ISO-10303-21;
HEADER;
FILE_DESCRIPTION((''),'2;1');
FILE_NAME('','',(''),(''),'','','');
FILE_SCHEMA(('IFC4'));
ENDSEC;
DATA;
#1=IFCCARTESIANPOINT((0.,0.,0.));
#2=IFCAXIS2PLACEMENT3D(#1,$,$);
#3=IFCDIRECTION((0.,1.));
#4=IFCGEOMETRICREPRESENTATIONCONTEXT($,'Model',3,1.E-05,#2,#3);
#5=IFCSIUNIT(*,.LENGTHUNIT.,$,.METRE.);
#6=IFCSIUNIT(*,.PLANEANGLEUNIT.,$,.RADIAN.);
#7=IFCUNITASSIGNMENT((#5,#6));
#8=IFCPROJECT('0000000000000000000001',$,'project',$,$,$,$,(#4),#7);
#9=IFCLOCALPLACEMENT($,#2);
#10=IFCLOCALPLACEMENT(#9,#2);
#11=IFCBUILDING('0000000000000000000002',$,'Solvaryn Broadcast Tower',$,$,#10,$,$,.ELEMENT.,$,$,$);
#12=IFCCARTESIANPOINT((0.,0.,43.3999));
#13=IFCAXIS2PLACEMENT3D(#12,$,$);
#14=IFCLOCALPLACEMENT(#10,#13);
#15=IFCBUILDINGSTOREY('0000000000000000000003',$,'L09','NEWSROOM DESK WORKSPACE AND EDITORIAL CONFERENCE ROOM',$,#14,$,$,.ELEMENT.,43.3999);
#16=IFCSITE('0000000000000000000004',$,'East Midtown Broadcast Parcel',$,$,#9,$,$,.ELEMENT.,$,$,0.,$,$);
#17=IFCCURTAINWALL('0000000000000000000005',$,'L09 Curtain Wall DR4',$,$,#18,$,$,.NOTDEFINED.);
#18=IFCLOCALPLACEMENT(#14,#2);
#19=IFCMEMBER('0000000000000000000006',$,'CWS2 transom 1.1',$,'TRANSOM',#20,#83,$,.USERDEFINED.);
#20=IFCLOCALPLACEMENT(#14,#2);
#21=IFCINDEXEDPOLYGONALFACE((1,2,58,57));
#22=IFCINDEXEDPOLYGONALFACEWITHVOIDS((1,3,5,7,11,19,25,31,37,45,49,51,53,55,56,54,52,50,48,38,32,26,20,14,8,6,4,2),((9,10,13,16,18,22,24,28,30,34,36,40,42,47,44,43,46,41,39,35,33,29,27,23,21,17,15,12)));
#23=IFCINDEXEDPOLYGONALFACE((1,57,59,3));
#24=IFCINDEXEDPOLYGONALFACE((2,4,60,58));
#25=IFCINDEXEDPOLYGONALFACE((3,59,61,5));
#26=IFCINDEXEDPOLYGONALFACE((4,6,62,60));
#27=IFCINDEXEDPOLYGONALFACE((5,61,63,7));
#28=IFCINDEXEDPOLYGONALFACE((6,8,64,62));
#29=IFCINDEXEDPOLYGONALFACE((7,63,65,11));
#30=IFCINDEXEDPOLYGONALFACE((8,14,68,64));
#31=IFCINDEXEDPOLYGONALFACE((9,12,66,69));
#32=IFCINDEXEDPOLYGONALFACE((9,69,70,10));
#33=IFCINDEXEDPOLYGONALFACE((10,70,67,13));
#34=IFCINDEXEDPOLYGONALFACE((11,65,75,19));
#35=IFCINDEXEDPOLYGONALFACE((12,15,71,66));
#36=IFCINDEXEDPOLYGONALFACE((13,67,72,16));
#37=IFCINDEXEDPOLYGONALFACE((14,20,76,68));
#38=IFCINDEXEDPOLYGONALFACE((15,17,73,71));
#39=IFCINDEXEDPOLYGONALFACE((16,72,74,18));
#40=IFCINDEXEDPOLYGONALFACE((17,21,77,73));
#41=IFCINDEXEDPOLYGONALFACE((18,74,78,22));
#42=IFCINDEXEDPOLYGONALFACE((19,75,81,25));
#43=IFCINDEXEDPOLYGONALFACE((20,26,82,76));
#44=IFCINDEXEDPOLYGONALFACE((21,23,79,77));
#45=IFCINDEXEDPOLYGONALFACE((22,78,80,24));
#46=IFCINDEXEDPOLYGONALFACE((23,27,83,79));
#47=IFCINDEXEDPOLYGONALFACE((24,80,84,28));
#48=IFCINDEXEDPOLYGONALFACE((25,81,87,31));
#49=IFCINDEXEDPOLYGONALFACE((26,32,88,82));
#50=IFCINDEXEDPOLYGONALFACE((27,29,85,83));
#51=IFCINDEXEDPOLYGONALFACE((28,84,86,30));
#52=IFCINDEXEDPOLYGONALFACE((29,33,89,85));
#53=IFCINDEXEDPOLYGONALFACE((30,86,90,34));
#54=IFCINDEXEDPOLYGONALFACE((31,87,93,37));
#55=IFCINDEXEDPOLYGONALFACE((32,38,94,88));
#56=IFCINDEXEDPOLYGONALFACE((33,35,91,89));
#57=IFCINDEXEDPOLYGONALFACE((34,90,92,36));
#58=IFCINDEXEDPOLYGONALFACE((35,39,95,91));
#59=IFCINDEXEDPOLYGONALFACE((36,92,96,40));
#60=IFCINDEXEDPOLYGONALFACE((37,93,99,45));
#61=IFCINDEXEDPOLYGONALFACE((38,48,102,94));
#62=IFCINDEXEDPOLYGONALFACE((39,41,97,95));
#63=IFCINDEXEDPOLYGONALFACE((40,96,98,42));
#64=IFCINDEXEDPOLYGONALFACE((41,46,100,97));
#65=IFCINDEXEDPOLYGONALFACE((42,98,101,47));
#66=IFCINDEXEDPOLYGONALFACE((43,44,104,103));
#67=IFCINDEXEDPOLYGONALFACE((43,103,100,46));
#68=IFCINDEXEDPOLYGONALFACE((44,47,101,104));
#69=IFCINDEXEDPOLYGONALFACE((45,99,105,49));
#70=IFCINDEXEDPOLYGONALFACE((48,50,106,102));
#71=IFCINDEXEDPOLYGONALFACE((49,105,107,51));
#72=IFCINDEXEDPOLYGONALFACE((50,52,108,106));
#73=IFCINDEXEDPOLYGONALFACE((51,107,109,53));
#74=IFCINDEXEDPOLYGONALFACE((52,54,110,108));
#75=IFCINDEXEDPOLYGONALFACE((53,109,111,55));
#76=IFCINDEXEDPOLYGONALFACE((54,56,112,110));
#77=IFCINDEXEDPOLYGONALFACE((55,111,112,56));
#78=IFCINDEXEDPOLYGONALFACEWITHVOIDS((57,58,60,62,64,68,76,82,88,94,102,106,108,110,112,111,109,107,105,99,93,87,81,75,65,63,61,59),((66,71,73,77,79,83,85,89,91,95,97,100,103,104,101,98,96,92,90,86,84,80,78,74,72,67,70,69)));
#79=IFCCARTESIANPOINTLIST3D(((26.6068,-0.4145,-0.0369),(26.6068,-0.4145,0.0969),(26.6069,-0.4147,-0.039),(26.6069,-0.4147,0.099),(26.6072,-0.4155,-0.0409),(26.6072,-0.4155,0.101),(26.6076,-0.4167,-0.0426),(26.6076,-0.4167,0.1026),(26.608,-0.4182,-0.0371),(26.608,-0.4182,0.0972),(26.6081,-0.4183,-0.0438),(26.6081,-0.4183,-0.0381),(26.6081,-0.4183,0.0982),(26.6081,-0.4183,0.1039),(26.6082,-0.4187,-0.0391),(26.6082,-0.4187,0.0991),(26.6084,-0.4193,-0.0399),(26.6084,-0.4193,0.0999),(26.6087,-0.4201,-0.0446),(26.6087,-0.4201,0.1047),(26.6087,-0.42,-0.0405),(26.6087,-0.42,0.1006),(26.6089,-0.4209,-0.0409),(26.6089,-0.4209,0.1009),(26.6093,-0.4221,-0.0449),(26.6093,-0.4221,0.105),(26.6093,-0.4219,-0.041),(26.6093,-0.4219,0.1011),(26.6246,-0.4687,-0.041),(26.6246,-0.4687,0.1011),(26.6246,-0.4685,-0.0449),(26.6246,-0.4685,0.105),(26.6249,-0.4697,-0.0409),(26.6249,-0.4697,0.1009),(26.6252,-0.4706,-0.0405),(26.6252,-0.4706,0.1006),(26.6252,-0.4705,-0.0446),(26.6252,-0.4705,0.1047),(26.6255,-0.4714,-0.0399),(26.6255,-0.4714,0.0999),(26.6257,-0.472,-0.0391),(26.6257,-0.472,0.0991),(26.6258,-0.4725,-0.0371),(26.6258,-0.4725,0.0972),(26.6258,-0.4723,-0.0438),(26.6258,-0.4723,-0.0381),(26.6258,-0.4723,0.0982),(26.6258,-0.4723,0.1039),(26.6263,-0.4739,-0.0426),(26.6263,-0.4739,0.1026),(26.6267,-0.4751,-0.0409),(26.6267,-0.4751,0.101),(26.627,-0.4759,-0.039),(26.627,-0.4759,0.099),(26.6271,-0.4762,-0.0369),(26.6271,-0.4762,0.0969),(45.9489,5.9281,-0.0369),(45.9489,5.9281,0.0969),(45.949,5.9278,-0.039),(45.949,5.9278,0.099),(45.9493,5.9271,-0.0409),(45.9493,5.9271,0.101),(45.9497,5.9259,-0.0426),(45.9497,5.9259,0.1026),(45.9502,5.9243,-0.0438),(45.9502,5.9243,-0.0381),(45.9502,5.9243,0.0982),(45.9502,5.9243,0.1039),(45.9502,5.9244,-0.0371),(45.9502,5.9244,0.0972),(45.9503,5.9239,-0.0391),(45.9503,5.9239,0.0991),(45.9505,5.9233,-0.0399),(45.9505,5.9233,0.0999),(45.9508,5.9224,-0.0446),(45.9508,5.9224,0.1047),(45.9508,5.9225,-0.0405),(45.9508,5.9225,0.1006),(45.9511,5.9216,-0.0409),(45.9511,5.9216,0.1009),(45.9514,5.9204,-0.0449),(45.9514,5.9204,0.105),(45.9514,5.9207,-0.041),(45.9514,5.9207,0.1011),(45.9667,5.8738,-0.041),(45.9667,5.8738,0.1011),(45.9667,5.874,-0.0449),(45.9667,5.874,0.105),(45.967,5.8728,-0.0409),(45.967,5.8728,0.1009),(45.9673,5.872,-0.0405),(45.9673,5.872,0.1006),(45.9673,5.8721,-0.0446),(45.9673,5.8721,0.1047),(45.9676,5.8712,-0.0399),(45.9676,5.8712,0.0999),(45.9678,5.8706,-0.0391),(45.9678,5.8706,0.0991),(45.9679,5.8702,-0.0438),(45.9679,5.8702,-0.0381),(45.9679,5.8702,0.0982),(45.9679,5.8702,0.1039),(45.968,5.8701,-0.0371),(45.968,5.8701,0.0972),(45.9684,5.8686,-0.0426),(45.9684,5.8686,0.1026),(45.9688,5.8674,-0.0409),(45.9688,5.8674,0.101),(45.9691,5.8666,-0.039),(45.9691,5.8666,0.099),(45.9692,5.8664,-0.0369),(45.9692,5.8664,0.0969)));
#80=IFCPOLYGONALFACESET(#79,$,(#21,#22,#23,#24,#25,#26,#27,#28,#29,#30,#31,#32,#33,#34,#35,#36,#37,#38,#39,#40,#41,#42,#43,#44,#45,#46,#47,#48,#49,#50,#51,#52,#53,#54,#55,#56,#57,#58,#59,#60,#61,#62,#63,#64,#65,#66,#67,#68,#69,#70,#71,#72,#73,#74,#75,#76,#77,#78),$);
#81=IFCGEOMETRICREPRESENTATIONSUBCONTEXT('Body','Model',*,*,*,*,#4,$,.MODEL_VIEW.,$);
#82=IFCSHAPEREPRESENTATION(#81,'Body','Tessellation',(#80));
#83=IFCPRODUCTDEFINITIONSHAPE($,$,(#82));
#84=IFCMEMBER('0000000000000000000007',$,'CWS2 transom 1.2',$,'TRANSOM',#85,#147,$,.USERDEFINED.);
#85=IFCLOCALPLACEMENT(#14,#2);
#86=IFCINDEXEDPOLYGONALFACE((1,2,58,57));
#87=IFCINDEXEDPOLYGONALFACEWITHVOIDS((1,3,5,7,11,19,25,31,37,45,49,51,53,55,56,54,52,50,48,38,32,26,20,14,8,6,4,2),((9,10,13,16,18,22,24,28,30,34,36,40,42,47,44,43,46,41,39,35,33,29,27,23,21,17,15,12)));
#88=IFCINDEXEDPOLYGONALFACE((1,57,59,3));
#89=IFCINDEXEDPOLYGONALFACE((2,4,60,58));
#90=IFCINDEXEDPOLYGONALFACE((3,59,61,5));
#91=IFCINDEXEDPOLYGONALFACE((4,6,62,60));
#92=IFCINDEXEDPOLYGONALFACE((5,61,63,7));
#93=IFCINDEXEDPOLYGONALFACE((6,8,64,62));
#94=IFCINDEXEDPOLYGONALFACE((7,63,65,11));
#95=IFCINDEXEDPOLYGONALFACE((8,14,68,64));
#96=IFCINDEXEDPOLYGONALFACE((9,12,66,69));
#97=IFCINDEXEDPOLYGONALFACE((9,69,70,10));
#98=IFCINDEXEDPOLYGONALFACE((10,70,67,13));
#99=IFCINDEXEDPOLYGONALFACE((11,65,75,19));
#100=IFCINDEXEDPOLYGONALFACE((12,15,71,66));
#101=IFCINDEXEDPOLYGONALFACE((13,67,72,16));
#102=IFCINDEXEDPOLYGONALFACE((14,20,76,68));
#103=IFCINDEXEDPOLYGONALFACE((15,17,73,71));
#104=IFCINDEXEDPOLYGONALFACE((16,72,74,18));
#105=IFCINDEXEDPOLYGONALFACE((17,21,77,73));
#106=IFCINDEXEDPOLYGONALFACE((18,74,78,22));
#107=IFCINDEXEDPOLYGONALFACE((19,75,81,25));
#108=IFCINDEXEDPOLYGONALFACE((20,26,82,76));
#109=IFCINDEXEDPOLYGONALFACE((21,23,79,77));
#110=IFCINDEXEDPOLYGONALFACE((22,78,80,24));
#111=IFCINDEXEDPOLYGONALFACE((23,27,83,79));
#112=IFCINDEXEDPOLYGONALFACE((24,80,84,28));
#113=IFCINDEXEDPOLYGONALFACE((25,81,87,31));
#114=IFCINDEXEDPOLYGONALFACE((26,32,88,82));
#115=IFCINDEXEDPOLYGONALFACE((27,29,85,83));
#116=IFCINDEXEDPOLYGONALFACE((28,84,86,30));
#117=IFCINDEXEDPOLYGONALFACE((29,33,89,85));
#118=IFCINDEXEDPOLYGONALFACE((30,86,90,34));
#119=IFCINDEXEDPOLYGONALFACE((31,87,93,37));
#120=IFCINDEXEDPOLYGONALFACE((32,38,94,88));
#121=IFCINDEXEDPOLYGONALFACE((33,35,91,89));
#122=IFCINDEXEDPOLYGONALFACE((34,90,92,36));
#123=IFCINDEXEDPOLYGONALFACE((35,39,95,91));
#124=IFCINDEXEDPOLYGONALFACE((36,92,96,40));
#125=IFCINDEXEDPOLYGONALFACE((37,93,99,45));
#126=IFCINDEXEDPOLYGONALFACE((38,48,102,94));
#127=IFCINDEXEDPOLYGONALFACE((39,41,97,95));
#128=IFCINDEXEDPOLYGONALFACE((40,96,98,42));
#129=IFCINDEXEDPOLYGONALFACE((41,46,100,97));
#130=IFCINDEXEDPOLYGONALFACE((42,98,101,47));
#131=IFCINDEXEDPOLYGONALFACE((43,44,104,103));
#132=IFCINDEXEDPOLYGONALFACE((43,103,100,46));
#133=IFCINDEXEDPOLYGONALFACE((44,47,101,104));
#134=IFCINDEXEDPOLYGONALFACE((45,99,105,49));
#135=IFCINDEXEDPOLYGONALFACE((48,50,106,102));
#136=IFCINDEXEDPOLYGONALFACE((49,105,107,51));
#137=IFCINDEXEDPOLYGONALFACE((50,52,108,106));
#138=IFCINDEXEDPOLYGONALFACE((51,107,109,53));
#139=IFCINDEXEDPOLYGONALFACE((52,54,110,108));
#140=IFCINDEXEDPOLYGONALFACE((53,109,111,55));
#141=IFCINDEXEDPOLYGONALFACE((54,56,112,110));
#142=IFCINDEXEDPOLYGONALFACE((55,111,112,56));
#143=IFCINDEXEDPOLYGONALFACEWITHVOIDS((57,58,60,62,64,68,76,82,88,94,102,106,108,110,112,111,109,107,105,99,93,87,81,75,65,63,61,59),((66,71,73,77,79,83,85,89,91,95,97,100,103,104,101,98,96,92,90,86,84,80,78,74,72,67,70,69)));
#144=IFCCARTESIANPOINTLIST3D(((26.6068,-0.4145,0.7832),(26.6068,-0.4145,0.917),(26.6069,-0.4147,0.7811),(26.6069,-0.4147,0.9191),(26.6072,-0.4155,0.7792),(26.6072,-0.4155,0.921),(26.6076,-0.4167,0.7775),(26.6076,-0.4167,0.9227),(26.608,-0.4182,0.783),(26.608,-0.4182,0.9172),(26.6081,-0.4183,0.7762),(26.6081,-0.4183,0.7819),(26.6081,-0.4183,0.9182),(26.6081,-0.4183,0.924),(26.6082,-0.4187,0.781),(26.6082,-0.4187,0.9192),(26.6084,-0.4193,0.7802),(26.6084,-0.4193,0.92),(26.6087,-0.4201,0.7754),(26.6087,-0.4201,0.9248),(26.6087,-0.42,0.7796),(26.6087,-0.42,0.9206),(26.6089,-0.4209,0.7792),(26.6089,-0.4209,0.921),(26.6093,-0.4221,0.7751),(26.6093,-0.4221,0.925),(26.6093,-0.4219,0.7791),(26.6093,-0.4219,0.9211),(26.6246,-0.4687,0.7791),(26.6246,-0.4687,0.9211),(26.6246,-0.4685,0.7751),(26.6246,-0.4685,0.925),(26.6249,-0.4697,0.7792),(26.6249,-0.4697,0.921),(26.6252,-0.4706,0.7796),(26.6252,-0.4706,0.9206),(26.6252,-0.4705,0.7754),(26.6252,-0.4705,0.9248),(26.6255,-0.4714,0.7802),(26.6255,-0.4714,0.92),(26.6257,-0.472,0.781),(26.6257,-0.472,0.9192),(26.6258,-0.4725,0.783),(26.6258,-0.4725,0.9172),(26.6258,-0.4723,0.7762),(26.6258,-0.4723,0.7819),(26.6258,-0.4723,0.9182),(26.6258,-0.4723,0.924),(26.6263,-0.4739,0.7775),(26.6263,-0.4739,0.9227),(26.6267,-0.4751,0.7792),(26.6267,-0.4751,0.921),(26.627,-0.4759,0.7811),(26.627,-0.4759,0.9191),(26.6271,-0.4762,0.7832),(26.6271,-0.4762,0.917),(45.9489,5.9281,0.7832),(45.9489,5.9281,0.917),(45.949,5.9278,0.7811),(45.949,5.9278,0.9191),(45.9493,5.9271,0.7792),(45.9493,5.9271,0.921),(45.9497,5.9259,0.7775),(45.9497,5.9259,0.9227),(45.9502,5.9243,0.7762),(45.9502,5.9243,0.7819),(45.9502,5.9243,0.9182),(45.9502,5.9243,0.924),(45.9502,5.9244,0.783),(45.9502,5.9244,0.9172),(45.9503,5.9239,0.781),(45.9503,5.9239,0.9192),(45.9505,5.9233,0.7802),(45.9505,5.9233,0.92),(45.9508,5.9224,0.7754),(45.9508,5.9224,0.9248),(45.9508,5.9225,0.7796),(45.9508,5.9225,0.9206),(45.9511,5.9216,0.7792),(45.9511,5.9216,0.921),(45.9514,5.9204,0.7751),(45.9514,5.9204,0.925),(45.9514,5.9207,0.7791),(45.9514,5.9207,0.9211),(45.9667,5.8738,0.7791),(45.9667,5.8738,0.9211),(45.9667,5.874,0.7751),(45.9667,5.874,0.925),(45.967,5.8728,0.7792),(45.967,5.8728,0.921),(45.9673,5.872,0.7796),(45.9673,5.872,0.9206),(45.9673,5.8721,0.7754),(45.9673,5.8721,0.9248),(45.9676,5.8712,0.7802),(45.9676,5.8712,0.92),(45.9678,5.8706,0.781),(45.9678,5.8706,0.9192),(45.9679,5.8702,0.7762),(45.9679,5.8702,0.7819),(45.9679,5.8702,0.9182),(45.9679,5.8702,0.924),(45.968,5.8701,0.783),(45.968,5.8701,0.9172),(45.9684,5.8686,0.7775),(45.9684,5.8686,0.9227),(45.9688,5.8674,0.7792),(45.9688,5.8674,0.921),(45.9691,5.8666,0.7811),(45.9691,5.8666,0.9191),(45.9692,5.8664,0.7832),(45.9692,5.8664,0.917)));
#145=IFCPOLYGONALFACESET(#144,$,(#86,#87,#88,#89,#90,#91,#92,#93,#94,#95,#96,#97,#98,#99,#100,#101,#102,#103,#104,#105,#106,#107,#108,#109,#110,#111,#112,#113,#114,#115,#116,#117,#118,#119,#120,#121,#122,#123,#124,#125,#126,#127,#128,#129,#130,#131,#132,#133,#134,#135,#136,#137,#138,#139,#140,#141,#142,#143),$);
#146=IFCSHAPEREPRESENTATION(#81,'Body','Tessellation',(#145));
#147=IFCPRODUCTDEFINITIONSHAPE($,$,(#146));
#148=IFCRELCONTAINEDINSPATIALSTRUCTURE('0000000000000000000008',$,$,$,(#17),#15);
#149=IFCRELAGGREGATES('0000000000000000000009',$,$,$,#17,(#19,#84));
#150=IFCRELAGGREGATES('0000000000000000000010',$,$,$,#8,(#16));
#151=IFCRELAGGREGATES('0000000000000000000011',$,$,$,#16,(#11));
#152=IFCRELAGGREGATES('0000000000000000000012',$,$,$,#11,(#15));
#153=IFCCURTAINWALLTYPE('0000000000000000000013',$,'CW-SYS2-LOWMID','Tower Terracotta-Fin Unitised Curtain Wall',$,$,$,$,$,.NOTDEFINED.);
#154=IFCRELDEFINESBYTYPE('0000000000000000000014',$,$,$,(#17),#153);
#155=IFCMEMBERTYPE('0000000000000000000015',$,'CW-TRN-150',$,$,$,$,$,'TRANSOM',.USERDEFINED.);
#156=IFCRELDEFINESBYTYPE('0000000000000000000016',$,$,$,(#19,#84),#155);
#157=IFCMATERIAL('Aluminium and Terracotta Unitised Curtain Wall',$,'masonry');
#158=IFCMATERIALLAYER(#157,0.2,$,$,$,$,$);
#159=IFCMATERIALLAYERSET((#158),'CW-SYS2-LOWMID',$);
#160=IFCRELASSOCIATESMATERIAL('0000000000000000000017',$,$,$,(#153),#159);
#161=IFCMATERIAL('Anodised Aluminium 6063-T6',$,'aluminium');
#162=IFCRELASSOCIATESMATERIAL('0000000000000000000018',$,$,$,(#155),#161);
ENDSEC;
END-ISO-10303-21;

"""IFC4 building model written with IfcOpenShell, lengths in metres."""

from ifc_helpers import new_model, si_unit, direction, frame, origin, origin_2d, place, context, subcontext, project, spatial, hollow_rectangle, extrude, material, layer, layer_set, material_profile, profile_set, type_object, element, aggregate, save


model = new_model("IFC4")

# Units and contexts
model_context = context("Model", 3, precision=1e-05, world=origin(), true_north=direction((0.0, 1.0)))
body_context = subcontext(model_context, "Body", "Model", "MODEL_VIEW")
ifc_project = project(units=[si_unit("LENGTHUNIT", "METRE"), si_unit("PLANEANGLEUNIT", "RADIAN")], contexts=[model_context])

# Site, building, storey
site_placement = place(None, origin())
site = spatial("IfcSite", under=ifc_project, at=site_placement, Name="East Midtown Broadcast Parcel", CompositionType="ELEMENT", RefElevation=0.0)
building_placement = place(site_placement, origin())
building = spatial("IfcBuilding", under=site, at=building_placement, Name="Solvaryn Broadcast Tower", CompositionType="ELEMENT")
storey_placement = place(building_placement, frame((0.0, 0.0, 43.3999)))
storey = spatial("IfcBuildingStorey", under=building, at=storey_placement, Name="L09", Description="NEWSROOM DESK WORKSPACE AND EDITORIAL CONFERENCE ROOM", CompositionType="ELEMENT", Elevation=43.3999)

# Shared definitions
ifc_material_1 = material(Name="Aluminium and Terracotta Unitised Curtain Wall", Category="masonry")
ifc_layer_1 = layer(ifc_material_1, 0.2)
ifc_layer_set_1 = layer_set([ifc_layer_1], Name="CW-SYS2-LOWMID")
curtain_wall_type = type_object("IfcCurtainWallType", Name="CW-SYS2-LOWMID", Description="Tower Terracotta-Fin Unitised Curtain Wall", PredefinedType="NOTDEFINED", material=ifc_layer_set_1)

# Curtain wall, members
curtain_wall_1_placement = place(storey_placement, origin())
curtain_wall_1 = element("IfcCurtainWall", 1, at=curtain_wall_1_placement, inside=storey, type_object=curtain_wall_type, Name="L09 Curtain Wall DR4", PredefinedType="NOTDEFINED")
ifc_material_2 = material(Name="Anodised Aluminium 6063-T6", Category="aluminium")
ifc_material_profile_1 = material_profile(ifc_material_2, hollow_rectangle(XDim=0.0649, YDim=0.1499, WallThickness=0.0039, InnerFilletRadius=0.0039, OuterFilletRadius=0.0081, at=origin_2d()))
ifc_profile_set_1 = profile_set([ifc_material_profile_1], Name="Anodised Aluminium 6063-T6")
member_type_1 = type_object("IfcMemberType", Name="CW-TRN-150", ElementType="TRANSOM", PredefinedType="USERDEFINED", material=ifc_profile_set_1)
member_1_placement = place(storey_placement, frame((26.6169, -0.4453, 0.03), z_axis=(0.950217, 0.31159, 0.0), x_axis=(-0.31159, 0.950217, 0.0)))
member_1 = element("IfcMember", 2, at=member_1_placement, type_object=member_type_1, Name="CWS2 transom 1.1", ObjectType="TRANSOM", PredefinedType="USERDEFINED", context=body_context, shape_type="SweptSolid", body=[
    extrude(hollow_rectangle(XDim=0.0649, YDim=0.1499, WallThickness=0.0039, InnerFilletRadius=0.0039, OuterFilletRadius=0.0081, at=origin_2d()), origin(), (0.0, 0.0, 1.0), 20.3555),
])
member_2_placement = place(storey_placement, frame((26.6169, -0.4453, 0.8501), z_axis=(0.950217, 0.31159, 0.0), x_axis=(-0.31159, 0.950217, 0.0)))
member_2 = element("IfcMember", 3, at=member_2_placement, type_object=member_type_1, Name="CWS2 transom 1.2", ObjectType="TRANSOM", PredefinedType="USERDEFINED", context=body_context, shape_type="SweptSolid", body=[
    extrude(hollow_rectangle(XDim=0.0649, YDim=0.1499, WallThickness=0.0039, InnerFilletRadius=0.0039, OuterFilletRadius=0.0081, at=origin_2d()), origin(), (0.0, 0.0, 1.0), 20.3555),
])
aggregate(curtain_wall_1, [member_1, member_2])

save(model, "model.ifc")
